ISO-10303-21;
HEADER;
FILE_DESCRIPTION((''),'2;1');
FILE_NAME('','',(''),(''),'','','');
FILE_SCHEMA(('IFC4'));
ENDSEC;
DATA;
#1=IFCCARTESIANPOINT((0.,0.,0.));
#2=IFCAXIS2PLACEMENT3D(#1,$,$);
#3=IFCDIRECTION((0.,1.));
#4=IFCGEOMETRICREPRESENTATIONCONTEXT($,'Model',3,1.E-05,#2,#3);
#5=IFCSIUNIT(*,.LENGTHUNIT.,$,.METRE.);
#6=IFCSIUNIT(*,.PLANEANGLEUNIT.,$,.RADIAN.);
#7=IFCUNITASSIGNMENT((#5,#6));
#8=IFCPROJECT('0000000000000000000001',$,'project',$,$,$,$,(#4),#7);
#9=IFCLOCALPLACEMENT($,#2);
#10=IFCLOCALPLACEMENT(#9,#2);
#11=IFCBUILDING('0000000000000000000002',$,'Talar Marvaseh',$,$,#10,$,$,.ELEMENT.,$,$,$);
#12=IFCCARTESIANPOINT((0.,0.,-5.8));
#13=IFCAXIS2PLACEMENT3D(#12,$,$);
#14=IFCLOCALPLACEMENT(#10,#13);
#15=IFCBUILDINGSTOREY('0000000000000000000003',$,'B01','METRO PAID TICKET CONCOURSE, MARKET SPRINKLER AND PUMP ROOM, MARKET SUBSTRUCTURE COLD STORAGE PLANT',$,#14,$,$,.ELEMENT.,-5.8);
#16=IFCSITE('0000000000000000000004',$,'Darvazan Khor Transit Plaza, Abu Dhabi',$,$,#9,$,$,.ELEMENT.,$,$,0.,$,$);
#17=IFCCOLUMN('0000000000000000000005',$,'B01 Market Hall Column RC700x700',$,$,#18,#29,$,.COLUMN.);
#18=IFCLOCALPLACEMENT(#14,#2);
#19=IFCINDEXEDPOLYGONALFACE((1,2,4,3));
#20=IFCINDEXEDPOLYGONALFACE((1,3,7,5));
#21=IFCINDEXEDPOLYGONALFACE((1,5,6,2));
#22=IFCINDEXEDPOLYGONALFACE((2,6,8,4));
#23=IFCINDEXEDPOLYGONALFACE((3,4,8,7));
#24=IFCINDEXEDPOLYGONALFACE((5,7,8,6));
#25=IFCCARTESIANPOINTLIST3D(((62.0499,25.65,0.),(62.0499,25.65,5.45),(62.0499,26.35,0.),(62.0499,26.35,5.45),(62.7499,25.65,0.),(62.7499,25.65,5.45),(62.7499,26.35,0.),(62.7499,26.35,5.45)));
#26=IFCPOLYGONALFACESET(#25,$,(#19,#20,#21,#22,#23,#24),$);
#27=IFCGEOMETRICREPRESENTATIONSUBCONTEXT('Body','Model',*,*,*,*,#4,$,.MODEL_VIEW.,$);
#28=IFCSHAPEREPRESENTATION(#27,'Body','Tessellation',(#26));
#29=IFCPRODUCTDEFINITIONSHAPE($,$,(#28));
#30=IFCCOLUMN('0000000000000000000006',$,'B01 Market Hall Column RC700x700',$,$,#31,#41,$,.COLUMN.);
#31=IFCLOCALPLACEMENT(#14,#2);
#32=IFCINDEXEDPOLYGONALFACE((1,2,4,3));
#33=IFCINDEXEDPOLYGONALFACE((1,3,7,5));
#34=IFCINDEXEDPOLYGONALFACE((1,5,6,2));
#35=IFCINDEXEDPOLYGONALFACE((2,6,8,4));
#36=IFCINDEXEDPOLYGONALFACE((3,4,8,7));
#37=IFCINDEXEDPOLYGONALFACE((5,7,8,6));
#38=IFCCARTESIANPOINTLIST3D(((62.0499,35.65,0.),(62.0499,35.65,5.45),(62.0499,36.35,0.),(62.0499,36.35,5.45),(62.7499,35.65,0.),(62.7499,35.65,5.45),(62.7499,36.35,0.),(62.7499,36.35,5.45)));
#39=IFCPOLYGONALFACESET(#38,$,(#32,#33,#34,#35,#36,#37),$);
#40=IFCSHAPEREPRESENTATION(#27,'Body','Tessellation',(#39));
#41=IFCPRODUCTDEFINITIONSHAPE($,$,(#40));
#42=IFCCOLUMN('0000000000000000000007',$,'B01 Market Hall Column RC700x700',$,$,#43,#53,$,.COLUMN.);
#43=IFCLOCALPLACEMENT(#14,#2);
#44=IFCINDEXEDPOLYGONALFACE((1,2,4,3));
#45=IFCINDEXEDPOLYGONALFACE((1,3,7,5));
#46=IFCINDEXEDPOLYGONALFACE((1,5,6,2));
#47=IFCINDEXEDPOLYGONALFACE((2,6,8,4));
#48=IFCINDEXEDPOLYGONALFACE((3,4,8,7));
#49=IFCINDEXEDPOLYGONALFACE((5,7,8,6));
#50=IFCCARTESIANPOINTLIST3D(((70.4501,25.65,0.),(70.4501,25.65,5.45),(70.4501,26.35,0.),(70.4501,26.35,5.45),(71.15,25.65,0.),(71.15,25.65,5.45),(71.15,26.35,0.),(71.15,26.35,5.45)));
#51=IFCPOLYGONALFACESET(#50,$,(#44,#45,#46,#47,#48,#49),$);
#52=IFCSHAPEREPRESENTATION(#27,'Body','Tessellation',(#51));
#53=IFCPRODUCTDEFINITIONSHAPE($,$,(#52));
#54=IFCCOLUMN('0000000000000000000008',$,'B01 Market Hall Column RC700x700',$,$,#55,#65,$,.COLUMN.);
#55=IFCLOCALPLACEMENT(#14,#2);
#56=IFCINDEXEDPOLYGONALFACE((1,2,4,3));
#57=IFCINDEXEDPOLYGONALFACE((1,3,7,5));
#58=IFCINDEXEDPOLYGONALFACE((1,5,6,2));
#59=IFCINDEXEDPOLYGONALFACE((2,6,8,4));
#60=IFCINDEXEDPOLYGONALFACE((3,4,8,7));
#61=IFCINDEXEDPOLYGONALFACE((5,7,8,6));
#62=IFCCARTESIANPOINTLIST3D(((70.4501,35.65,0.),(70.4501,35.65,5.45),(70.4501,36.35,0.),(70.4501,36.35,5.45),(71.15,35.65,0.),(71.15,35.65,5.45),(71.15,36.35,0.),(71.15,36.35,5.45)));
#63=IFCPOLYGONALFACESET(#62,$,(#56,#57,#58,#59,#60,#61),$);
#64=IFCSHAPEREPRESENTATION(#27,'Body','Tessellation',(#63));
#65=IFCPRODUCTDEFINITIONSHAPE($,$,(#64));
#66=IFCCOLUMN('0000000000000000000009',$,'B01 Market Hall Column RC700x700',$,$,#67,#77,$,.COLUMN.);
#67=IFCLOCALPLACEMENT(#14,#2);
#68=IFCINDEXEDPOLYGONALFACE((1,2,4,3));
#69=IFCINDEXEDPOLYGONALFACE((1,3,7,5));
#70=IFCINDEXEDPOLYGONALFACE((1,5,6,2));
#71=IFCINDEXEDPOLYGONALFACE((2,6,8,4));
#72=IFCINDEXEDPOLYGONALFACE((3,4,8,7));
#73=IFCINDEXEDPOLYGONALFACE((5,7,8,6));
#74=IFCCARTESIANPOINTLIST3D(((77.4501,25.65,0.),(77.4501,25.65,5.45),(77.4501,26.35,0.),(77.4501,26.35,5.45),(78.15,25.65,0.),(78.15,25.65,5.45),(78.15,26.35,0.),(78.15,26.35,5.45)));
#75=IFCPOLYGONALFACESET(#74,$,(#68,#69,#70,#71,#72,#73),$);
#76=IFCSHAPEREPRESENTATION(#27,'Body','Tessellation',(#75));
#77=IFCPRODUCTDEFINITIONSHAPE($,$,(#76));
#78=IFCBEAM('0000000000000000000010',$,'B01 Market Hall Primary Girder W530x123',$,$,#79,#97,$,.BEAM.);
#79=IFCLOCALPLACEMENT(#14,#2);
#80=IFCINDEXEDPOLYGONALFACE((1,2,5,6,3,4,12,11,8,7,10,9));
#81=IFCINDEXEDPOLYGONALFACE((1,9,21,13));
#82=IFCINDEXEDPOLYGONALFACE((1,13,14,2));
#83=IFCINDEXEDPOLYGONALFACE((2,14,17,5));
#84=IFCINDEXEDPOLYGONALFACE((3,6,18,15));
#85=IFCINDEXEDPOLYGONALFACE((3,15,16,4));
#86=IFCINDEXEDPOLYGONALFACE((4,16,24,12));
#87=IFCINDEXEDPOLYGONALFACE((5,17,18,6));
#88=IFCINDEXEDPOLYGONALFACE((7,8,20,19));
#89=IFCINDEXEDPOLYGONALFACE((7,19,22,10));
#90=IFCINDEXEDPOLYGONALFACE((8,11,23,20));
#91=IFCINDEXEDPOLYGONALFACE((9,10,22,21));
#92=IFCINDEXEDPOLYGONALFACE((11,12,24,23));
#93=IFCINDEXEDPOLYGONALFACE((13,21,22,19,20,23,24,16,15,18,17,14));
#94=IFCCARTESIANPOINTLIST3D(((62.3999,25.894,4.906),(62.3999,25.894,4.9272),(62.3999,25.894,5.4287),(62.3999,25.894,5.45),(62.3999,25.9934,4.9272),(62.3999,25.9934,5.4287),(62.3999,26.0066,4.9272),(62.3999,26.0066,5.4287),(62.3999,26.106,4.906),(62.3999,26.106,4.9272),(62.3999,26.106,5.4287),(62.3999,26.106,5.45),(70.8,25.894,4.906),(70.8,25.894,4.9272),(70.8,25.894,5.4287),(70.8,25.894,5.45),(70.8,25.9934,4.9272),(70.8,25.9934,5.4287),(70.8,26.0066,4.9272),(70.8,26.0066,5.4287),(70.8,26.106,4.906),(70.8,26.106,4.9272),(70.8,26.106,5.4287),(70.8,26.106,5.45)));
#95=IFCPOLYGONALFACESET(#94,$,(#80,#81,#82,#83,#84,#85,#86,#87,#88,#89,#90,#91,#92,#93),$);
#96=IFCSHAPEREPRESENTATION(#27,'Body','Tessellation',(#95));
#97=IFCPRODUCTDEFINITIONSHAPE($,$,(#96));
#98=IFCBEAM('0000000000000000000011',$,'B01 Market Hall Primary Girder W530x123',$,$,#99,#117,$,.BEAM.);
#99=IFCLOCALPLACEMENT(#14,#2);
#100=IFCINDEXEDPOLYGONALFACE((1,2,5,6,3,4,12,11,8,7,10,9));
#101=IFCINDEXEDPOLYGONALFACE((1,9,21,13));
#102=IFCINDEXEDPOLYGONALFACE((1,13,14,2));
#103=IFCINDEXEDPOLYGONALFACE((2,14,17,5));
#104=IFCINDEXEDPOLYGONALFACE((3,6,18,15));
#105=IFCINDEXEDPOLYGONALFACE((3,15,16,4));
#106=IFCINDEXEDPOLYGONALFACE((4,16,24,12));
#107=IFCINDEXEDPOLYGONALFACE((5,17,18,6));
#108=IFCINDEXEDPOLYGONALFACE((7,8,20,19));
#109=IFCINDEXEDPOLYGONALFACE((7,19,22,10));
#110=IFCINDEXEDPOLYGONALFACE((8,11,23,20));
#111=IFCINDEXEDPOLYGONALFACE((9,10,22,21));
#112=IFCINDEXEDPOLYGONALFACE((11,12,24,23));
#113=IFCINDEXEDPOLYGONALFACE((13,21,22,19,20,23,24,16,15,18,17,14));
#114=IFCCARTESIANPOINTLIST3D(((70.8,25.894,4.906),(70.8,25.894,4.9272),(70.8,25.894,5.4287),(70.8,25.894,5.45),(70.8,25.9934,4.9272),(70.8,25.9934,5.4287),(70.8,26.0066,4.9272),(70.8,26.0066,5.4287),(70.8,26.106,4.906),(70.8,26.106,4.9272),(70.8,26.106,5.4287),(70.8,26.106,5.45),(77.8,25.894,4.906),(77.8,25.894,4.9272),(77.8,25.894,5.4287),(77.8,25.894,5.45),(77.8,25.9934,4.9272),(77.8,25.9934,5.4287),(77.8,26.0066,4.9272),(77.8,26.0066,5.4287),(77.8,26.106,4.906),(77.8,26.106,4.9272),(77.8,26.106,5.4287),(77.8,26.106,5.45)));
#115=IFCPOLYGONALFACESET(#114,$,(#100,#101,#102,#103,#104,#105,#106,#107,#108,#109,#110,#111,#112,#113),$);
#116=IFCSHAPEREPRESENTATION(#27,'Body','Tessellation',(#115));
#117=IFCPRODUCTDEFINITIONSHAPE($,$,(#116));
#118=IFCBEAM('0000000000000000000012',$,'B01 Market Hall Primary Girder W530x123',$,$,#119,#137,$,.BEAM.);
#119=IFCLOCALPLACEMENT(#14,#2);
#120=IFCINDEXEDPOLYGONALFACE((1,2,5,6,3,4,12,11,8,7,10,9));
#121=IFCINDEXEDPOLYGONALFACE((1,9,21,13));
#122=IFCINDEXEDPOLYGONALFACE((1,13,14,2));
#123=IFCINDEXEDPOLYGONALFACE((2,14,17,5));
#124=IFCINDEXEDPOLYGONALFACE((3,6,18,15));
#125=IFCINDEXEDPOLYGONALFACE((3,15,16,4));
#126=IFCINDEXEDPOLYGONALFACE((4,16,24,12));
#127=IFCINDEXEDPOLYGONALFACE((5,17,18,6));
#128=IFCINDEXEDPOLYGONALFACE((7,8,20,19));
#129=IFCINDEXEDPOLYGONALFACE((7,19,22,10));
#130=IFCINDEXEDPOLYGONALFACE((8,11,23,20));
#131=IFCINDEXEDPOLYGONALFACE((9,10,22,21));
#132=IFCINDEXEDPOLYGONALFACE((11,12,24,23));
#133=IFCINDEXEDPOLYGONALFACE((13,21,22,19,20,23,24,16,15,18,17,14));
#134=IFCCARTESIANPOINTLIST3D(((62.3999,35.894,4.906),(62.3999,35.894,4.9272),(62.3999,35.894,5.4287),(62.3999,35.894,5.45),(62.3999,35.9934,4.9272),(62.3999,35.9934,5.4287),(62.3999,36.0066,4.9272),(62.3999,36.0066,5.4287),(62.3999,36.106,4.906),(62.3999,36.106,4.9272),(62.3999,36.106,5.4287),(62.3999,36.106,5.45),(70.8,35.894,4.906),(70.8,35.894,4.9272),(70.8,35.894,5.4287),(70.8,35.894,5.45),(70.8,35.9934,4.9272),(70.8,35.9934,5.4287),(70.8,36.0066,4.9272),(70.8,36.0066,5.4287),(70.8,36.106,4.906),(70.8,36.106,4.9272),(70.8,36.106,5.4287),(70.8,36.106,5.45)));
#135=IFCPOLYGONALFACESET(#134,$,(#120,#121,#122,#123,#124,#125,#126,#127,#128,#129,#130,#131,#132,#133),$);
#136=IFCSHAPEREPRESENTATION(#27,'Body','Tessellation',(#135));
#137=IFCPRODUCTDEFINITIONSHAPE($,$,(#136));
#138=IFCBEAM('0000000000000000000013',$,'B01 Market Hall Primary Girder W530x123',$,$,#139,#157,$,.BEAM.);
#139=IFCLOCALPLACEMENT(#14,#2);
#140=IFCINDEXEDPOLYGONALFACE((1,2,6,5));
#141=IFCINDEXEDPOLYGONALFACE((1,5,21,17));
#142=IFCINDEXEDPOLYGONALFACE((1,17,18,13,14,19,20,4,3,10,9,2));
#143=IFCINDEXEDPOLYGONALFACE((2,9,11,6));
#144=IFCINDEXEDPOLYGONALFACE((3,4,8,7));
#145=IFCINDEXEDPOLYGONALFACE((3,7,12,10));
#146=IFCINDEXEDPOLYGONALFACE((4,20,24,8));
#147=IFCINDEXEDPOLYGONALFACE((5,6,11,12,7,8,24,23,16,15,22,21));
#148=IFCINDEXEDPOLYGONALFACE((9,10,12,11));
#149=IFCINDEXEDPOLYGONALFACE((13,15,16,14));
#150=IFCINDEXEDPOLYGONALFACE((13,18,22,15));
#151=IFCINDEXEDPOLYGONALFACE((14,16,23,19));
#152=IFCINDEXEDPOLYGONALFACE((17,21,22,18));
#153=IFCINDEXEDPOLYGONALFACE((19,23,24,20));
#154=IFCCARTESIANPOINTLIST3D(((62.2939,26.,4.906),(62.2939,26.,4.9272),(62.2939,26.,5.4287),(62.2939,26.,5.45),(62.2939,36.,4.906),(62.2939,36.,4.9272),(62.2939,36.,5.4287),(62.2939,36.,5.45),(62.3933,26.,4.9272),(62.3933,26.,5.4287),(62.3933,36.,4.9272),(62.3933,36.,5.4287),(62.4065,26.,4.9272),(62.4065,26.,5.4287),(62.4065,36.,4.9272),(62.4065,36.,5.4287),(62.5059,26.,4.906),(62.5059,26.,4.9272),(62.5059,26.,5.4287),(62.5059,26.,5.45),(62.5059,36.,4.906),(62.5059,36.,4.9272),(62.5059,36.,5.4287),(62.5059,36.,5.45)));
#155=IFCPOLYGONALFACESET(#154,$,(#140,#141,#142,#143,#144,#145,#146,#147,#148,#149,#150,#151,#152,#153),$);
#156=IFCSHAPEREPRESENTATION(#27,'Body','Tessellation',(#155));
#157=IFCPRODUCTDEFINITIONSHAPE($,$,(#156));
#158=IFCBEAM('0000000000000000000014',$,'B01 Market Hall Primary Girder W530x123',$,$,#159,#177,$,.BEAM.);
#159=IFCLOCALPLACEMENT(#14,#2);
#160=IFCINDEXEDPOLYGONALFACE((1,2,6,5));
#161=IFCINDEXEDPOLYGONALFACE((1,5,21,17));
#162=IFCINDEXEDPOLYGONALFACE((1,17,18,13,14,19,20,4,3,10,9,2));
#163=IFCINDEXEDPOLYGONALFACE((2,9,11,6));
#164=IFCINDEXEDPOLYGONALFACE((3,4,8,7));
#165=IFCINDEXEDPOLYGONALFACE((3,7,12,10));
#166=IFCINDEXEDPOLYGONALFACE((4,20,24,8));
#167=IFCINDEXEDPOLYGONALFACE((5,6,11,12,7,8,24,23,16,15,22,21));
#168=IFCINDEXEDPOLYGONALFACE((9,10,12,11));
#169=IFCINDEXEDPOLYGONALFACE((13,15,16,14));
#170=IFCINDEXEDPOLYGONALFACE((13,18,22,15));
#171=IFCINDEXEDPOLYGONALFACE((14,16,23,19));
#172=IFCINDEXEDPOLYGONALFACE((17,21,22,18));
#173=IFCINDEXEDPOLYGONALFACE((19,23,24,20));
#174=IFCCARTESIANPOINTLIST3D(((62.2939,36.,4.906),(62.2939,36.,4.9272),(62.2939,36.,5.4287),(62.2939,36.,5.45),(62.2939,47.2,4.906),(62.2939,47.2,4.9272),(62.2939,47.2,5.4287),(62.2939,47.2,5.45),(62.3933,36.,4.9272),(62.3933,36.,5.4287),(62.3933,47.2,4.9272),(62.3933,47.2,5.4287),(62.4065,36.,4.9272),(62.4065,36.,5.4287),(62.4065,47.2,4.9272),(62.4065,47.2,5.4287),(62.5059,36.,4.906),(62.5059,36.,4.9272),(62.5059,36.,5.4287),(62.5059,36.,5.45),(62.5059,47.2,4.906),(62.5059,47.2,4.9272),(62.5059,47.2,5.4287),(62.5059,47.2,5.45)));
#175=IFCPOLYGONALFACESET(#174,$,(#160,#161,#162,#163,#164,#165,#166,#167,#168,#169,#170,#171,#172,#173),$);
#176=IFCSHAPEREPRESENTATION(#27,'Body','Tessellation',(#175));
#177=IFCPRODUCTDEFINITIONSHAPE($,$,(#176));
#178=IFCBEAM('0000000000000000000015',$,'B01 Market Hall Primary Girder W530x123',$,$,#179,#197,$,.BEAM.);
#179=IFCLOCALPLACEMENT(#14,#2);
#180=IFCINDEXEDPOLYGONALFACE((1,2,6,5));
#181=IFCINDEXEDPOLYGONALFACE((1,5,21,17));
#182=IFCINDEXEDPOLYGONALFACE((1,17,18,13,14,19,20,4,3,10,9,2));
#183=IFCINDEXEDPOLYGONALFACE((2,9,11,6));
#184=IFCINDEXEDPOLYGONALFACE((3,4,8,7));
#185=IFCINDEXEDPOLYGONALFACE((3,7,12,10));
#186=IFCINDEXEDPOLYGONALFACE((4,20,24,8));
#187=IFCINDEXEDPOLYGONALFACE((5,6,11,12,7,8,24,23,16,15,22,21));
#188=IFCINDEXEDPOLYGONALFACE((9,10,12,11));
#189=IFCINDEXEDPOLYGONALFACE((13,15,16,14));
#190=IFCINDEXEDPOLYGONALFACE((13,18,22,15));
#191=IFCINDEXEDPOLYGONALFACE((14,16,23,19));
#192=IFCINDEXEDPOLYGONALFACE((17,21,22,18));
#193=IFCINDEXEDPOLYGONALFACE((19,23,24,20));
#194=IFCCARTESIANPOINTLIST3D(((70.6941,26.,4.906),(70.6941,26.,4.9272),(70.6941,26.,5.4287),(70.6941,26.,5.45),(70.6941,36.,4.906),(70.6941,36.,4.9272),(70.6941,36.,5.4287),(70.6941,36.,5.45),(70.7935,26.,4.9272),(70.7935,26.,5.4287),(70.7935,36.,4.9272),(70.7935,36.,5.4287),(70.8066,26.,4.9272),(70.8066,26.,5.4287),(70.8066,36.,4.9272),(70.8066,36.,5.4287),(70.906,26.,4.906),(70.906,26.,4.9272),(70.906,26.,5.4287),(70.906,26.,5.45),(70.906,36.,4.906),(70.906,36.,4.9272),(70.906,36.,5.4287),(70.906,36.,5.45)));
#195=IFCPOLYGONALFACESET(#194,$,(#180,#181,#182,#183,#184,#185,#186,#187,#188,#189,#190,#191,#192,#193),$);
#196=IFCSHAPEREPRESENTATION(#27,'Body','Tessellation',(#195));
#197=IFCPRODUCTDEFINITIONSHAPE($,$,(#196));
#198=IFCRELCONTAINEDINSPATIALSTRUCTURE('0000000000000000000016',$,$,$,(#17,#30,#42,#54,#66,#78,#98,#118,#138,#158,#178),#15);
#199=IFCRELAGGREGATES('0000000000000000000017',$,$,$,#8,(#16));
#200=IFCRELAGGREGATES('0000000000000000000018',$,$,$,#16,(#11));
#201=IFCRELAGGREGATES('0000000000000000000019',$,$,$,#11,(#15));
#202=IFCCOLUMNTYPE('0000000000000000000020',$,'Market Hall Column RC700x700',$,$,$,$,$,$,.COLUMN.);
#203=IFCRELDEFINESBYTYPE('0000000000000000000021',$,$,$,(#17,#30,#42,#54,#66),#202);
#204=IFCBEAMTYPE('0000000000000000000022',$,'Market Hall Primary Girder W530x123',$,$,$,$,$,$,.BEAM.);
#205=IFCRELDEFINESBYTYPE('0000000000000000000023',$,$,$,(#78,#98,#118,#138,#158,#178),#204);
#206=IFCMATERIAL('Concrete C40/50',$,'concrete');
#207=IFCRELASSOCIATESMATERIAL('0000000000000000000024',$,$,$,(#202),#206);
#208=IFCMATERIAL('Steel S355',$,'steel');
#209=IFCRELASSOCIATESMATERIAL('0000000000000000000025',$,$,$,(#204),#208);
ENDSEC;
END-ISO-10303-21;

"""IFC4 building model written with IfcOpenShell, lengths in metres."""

from ifc_helpers import new_model, si_unit, direction, frame, origin, origin_2d, place, context, subcontext, project, spatial, rectangle, i_section, extrude, material, material_profile, profile_set, type_object, element, save


model = new_model("IFC4")

# Units and contexts
model_context = context("Model", 3, precision=1e-05, world=origin(), true_north=direction((0.0, 1.0)))
body_context = subcontext(model_context, "Body", "Model", "MODEL_VIEW")
ifc_project = project(units=[si_unit("LENGTHUNIT", "METRE"), si_unit("PLANEANGLEUNIT", "RADIAN")], contexts=[model_context])

# Site, building, storey
site_placement = place(None, origin())
site = spatial("IfcSite", under=ifc_project, at=site_placement, Name="Darvazan Khor Transit Plaza, Abu Dhabi", CompositionType="ELEMENT", RefElevation=0.0)
building_placement = place(site_placement, origin())
building = spatial("IfcBuilding", under=site, at=building_placement, Name="Talar Marvaseh", CompositionType="ELEMENT")
storey_placement = place(building_placement, frame((0.0, 0.0, -5.8)))
storey = spatial("IfcBuildingStorey", under=building, at=storey_placement, Name="B01", Description="METRO PAID TICKET CONCOURSE, MARKET SPRINKLER AND PUMP ROOM, MARKET SUBSTRUCTURE COLD STORAGE PLANT", CompositionType="ELEMENT", Elevation=-5.8)

# Columns
ifc_material_1 = material(Name="Concrete C40/50", Category="concrete")
ifc_material_profile_1 = material_profile(ifc_material_1, rectangle(XDim=0.7, YDim=0.7, at=origin_2d()), Name="RC700x700")
ifc_profile_set_1 = profile_set([ifc_material_profile_1], Name="Concrete C40/50")
column_type = type_object("IfcColumnType", Name="Market Hall Column RC700x700", PredefinedType="COLUMN", material=ifc_profile_set_1)
for number, where, z_axis, x_axis, name in (
    (1, (62.3999, 26.0, 0.0), (0.0, 0.0, 1.0), (1.0, 0.0, 0.0), "B01 Market Hall Column RC700x700"),
    (2, (62.3999, 36.0, 0.0), (0.0, 0.0, 1.0), (1.0, 0.0, 0.0), "B01 Market Hall Column RC700x700"),
    (3, (70.8, 26.0, 0.0), (0.0, 0.0, 1.0), (1.0, 0.0, 0.0), "B01 Market Hall Column RC700x700"),
    (4, (70.8, 36.0, 0.0), (0.0, 0.0, 1.0), (1.0, 0.0, 0.0), "B01 Market Hall Column RC700x700"),
    (5, (77.8, 26.0, 0.0), (0.0, 0.0, 1.0), (1.0, 0.0, 0.0), "B01 Market Hall Column RC700x700"),
):
    element("IfcColumn", number, at=place(storey_placement, frame(where, z_axis=z_axis, x_axis=x_axis)), inside=storey, type_object=column_type, Name=name, PredefinedType="COLUMN", context=body_context, shape_type="SweptSolid", body=[
        extrude(rectangle(XDim=0.7, YDim=0.7, at=origin_2d()), origin(), (0.0, 0.0, 1.0), 5.45),
    ])

# Beams
ifc_material_2 = material(Name="Steel S355", Category="steel")
ifc_material_profile_2 = material_profile(ifc_material_2, i_section(OverallWidth=0.2119, OverallDepth=0.5439, WebThickness=0.0132, FlangeThickness=0.0212, at=origin_2d()), Name="W530x123")
ifc_profile_set_2 = profile_set([ifc_material_profile_2], Name="Steel S355")
beam_type_1 = type_object("IfcBeamType", Name="Market Hall Primary Girder W530x123", PredefinedType="BEAM", material=ifc_profile_set_2)
beam_1_placement = place(storey_placement, frame((62.3999, 26.0, 5.178), z_axis=(1.0, 0.0, 0.0), x_axis=(0.0, 1.0, 0.0)))
element("IfcBeam", 6, at=beam_1_placement, inside=storey, type_object=beam_type_1, Name="B01 Market Hall Primary Girder W530x123", PredefinedType="BEAM", context=body_context, shape_type="SweptSolid", body=[
    extrude(i_section(OverallWidth=0.2119, OverallDepth=0.5439, WebThickness=0.0132, FlangeThickness=0.0212, at=origin_2d()), origin(), (0.0, 0.0, 1.0), 8.4001),
])
beam_2_placement = place(storey_placement, frame((70.8, 26.0, 5.178), z_axis=(1.0, 0.0, 0.0), x_axis=(0.0, 1.0, 0.0)))
element("IfcBeam", 7, at=beam_2_placement, inside=storey, type_object=beam_type_1, Name="B01 Market Hall Primary Girder W530x123", PredefinedType="BEAM", context=body_context, shape_type="SweptSolid", body=[
    extrude(i_section(OverallWidth=0.2119, OverallDepth=0.5439, WebThickness=0.0132, FlangeThickness=0.0212, at=origin_2d()), origin(), (0.0, 0.0, 1.0), 7.0),
])
beam_3_placement = place(storey_placement, frame((62.3999, 36.0, 5.178), z_axis=(1.0, 0.0, 0.0), x_axis=(0.0, 1.0, 0.0)))
element("IfcBeam", 8, at=beam_3_placement, inside=storey, type_object=beam_type_1, Name="B01 Market Hall Primary Girder W530x123", PredefinedType="BEAM", context=body_context, shape_type="SweptSolid", body=[
    extrude(i_section(OverallWidth=0.2119, OverallDepth=0.5439, WebThickness=0.0132, FlangeThickness=0.0212, at=origin_2d()), origin(), (0.0, 0.0, 1.0), 8.4001),
])
beam_4_placement = place(storey_placement, frame((62.3999, 26.0, 5.178), z_axis=(0.0, 1.0, 0.0), x_axis=(-1.0, 0.0, 0.0)))
element("IfcBeam", 9, at=beam_4_placement, inside=storey, type_object=beam_type_1, Name="B01 Market Hall Primary Girder W530x123", PredefinedType="BEAM", context=body_context, shape_type="SweptSolid", body=[
    extrude(i_section(OverallWidth=0.2119, OverallDepth=0.5439, WebThickness=0.0132, FlangeThickness=0.0212, at=origin_2d()), origin(), (0.0, 0.0, 1.0), 10.0),
])
beam_5_placement = place(storey_placement, frame((62.3999, 36.0, 5.178), z_axis=(0.0, 1.0, 0.0), x_axis=(-1.0, 0.0, 0.0)))
element("IfcBeam", 10, at=beam_5_placement, inside=storey, type_object=beam_type_1, Name="B01 Market Hall Primary Girder W530x123", PredefinedType="BEAM", context=body_context, shape_type="SweptSolid", body=[
    extrude(i_section(OverallWidth=0.2119, OverallDepth=0.5439, WebThickness=0.0132, FlangeThickness=0.0212, at=origin_2d()), origin(), (0.0, 0.0, 1.0), 11.2),
])
for number, where, z_axis, x_axis, name in (
    (11, (70.8, 26.0, 5.178), (0.0, 1.0, 0.0), (-1.0, 0.0, 0.0), "B01 Market Hall Primary Girder W530x123"),
):
    element("IfcBeam", number, at=place(storey_placement, frame(where, z_axis=z_axis, x_axis=x_axis)), inside=storey, type_object=beam_type_1, Name=name, PredefinedType="BEAM", context=body_context, shape_type="SweptSolid", body=[
        extrude(i_section(OverallWidth=0.2119, OverallDepth=0.5439, WebThickness=0.0132, FlangeThickness=0.0212, at=origin_2d()), origin(), (0.0, 0.0, 1.0), 10.0),
    ])

save(model, "model.ifc")
